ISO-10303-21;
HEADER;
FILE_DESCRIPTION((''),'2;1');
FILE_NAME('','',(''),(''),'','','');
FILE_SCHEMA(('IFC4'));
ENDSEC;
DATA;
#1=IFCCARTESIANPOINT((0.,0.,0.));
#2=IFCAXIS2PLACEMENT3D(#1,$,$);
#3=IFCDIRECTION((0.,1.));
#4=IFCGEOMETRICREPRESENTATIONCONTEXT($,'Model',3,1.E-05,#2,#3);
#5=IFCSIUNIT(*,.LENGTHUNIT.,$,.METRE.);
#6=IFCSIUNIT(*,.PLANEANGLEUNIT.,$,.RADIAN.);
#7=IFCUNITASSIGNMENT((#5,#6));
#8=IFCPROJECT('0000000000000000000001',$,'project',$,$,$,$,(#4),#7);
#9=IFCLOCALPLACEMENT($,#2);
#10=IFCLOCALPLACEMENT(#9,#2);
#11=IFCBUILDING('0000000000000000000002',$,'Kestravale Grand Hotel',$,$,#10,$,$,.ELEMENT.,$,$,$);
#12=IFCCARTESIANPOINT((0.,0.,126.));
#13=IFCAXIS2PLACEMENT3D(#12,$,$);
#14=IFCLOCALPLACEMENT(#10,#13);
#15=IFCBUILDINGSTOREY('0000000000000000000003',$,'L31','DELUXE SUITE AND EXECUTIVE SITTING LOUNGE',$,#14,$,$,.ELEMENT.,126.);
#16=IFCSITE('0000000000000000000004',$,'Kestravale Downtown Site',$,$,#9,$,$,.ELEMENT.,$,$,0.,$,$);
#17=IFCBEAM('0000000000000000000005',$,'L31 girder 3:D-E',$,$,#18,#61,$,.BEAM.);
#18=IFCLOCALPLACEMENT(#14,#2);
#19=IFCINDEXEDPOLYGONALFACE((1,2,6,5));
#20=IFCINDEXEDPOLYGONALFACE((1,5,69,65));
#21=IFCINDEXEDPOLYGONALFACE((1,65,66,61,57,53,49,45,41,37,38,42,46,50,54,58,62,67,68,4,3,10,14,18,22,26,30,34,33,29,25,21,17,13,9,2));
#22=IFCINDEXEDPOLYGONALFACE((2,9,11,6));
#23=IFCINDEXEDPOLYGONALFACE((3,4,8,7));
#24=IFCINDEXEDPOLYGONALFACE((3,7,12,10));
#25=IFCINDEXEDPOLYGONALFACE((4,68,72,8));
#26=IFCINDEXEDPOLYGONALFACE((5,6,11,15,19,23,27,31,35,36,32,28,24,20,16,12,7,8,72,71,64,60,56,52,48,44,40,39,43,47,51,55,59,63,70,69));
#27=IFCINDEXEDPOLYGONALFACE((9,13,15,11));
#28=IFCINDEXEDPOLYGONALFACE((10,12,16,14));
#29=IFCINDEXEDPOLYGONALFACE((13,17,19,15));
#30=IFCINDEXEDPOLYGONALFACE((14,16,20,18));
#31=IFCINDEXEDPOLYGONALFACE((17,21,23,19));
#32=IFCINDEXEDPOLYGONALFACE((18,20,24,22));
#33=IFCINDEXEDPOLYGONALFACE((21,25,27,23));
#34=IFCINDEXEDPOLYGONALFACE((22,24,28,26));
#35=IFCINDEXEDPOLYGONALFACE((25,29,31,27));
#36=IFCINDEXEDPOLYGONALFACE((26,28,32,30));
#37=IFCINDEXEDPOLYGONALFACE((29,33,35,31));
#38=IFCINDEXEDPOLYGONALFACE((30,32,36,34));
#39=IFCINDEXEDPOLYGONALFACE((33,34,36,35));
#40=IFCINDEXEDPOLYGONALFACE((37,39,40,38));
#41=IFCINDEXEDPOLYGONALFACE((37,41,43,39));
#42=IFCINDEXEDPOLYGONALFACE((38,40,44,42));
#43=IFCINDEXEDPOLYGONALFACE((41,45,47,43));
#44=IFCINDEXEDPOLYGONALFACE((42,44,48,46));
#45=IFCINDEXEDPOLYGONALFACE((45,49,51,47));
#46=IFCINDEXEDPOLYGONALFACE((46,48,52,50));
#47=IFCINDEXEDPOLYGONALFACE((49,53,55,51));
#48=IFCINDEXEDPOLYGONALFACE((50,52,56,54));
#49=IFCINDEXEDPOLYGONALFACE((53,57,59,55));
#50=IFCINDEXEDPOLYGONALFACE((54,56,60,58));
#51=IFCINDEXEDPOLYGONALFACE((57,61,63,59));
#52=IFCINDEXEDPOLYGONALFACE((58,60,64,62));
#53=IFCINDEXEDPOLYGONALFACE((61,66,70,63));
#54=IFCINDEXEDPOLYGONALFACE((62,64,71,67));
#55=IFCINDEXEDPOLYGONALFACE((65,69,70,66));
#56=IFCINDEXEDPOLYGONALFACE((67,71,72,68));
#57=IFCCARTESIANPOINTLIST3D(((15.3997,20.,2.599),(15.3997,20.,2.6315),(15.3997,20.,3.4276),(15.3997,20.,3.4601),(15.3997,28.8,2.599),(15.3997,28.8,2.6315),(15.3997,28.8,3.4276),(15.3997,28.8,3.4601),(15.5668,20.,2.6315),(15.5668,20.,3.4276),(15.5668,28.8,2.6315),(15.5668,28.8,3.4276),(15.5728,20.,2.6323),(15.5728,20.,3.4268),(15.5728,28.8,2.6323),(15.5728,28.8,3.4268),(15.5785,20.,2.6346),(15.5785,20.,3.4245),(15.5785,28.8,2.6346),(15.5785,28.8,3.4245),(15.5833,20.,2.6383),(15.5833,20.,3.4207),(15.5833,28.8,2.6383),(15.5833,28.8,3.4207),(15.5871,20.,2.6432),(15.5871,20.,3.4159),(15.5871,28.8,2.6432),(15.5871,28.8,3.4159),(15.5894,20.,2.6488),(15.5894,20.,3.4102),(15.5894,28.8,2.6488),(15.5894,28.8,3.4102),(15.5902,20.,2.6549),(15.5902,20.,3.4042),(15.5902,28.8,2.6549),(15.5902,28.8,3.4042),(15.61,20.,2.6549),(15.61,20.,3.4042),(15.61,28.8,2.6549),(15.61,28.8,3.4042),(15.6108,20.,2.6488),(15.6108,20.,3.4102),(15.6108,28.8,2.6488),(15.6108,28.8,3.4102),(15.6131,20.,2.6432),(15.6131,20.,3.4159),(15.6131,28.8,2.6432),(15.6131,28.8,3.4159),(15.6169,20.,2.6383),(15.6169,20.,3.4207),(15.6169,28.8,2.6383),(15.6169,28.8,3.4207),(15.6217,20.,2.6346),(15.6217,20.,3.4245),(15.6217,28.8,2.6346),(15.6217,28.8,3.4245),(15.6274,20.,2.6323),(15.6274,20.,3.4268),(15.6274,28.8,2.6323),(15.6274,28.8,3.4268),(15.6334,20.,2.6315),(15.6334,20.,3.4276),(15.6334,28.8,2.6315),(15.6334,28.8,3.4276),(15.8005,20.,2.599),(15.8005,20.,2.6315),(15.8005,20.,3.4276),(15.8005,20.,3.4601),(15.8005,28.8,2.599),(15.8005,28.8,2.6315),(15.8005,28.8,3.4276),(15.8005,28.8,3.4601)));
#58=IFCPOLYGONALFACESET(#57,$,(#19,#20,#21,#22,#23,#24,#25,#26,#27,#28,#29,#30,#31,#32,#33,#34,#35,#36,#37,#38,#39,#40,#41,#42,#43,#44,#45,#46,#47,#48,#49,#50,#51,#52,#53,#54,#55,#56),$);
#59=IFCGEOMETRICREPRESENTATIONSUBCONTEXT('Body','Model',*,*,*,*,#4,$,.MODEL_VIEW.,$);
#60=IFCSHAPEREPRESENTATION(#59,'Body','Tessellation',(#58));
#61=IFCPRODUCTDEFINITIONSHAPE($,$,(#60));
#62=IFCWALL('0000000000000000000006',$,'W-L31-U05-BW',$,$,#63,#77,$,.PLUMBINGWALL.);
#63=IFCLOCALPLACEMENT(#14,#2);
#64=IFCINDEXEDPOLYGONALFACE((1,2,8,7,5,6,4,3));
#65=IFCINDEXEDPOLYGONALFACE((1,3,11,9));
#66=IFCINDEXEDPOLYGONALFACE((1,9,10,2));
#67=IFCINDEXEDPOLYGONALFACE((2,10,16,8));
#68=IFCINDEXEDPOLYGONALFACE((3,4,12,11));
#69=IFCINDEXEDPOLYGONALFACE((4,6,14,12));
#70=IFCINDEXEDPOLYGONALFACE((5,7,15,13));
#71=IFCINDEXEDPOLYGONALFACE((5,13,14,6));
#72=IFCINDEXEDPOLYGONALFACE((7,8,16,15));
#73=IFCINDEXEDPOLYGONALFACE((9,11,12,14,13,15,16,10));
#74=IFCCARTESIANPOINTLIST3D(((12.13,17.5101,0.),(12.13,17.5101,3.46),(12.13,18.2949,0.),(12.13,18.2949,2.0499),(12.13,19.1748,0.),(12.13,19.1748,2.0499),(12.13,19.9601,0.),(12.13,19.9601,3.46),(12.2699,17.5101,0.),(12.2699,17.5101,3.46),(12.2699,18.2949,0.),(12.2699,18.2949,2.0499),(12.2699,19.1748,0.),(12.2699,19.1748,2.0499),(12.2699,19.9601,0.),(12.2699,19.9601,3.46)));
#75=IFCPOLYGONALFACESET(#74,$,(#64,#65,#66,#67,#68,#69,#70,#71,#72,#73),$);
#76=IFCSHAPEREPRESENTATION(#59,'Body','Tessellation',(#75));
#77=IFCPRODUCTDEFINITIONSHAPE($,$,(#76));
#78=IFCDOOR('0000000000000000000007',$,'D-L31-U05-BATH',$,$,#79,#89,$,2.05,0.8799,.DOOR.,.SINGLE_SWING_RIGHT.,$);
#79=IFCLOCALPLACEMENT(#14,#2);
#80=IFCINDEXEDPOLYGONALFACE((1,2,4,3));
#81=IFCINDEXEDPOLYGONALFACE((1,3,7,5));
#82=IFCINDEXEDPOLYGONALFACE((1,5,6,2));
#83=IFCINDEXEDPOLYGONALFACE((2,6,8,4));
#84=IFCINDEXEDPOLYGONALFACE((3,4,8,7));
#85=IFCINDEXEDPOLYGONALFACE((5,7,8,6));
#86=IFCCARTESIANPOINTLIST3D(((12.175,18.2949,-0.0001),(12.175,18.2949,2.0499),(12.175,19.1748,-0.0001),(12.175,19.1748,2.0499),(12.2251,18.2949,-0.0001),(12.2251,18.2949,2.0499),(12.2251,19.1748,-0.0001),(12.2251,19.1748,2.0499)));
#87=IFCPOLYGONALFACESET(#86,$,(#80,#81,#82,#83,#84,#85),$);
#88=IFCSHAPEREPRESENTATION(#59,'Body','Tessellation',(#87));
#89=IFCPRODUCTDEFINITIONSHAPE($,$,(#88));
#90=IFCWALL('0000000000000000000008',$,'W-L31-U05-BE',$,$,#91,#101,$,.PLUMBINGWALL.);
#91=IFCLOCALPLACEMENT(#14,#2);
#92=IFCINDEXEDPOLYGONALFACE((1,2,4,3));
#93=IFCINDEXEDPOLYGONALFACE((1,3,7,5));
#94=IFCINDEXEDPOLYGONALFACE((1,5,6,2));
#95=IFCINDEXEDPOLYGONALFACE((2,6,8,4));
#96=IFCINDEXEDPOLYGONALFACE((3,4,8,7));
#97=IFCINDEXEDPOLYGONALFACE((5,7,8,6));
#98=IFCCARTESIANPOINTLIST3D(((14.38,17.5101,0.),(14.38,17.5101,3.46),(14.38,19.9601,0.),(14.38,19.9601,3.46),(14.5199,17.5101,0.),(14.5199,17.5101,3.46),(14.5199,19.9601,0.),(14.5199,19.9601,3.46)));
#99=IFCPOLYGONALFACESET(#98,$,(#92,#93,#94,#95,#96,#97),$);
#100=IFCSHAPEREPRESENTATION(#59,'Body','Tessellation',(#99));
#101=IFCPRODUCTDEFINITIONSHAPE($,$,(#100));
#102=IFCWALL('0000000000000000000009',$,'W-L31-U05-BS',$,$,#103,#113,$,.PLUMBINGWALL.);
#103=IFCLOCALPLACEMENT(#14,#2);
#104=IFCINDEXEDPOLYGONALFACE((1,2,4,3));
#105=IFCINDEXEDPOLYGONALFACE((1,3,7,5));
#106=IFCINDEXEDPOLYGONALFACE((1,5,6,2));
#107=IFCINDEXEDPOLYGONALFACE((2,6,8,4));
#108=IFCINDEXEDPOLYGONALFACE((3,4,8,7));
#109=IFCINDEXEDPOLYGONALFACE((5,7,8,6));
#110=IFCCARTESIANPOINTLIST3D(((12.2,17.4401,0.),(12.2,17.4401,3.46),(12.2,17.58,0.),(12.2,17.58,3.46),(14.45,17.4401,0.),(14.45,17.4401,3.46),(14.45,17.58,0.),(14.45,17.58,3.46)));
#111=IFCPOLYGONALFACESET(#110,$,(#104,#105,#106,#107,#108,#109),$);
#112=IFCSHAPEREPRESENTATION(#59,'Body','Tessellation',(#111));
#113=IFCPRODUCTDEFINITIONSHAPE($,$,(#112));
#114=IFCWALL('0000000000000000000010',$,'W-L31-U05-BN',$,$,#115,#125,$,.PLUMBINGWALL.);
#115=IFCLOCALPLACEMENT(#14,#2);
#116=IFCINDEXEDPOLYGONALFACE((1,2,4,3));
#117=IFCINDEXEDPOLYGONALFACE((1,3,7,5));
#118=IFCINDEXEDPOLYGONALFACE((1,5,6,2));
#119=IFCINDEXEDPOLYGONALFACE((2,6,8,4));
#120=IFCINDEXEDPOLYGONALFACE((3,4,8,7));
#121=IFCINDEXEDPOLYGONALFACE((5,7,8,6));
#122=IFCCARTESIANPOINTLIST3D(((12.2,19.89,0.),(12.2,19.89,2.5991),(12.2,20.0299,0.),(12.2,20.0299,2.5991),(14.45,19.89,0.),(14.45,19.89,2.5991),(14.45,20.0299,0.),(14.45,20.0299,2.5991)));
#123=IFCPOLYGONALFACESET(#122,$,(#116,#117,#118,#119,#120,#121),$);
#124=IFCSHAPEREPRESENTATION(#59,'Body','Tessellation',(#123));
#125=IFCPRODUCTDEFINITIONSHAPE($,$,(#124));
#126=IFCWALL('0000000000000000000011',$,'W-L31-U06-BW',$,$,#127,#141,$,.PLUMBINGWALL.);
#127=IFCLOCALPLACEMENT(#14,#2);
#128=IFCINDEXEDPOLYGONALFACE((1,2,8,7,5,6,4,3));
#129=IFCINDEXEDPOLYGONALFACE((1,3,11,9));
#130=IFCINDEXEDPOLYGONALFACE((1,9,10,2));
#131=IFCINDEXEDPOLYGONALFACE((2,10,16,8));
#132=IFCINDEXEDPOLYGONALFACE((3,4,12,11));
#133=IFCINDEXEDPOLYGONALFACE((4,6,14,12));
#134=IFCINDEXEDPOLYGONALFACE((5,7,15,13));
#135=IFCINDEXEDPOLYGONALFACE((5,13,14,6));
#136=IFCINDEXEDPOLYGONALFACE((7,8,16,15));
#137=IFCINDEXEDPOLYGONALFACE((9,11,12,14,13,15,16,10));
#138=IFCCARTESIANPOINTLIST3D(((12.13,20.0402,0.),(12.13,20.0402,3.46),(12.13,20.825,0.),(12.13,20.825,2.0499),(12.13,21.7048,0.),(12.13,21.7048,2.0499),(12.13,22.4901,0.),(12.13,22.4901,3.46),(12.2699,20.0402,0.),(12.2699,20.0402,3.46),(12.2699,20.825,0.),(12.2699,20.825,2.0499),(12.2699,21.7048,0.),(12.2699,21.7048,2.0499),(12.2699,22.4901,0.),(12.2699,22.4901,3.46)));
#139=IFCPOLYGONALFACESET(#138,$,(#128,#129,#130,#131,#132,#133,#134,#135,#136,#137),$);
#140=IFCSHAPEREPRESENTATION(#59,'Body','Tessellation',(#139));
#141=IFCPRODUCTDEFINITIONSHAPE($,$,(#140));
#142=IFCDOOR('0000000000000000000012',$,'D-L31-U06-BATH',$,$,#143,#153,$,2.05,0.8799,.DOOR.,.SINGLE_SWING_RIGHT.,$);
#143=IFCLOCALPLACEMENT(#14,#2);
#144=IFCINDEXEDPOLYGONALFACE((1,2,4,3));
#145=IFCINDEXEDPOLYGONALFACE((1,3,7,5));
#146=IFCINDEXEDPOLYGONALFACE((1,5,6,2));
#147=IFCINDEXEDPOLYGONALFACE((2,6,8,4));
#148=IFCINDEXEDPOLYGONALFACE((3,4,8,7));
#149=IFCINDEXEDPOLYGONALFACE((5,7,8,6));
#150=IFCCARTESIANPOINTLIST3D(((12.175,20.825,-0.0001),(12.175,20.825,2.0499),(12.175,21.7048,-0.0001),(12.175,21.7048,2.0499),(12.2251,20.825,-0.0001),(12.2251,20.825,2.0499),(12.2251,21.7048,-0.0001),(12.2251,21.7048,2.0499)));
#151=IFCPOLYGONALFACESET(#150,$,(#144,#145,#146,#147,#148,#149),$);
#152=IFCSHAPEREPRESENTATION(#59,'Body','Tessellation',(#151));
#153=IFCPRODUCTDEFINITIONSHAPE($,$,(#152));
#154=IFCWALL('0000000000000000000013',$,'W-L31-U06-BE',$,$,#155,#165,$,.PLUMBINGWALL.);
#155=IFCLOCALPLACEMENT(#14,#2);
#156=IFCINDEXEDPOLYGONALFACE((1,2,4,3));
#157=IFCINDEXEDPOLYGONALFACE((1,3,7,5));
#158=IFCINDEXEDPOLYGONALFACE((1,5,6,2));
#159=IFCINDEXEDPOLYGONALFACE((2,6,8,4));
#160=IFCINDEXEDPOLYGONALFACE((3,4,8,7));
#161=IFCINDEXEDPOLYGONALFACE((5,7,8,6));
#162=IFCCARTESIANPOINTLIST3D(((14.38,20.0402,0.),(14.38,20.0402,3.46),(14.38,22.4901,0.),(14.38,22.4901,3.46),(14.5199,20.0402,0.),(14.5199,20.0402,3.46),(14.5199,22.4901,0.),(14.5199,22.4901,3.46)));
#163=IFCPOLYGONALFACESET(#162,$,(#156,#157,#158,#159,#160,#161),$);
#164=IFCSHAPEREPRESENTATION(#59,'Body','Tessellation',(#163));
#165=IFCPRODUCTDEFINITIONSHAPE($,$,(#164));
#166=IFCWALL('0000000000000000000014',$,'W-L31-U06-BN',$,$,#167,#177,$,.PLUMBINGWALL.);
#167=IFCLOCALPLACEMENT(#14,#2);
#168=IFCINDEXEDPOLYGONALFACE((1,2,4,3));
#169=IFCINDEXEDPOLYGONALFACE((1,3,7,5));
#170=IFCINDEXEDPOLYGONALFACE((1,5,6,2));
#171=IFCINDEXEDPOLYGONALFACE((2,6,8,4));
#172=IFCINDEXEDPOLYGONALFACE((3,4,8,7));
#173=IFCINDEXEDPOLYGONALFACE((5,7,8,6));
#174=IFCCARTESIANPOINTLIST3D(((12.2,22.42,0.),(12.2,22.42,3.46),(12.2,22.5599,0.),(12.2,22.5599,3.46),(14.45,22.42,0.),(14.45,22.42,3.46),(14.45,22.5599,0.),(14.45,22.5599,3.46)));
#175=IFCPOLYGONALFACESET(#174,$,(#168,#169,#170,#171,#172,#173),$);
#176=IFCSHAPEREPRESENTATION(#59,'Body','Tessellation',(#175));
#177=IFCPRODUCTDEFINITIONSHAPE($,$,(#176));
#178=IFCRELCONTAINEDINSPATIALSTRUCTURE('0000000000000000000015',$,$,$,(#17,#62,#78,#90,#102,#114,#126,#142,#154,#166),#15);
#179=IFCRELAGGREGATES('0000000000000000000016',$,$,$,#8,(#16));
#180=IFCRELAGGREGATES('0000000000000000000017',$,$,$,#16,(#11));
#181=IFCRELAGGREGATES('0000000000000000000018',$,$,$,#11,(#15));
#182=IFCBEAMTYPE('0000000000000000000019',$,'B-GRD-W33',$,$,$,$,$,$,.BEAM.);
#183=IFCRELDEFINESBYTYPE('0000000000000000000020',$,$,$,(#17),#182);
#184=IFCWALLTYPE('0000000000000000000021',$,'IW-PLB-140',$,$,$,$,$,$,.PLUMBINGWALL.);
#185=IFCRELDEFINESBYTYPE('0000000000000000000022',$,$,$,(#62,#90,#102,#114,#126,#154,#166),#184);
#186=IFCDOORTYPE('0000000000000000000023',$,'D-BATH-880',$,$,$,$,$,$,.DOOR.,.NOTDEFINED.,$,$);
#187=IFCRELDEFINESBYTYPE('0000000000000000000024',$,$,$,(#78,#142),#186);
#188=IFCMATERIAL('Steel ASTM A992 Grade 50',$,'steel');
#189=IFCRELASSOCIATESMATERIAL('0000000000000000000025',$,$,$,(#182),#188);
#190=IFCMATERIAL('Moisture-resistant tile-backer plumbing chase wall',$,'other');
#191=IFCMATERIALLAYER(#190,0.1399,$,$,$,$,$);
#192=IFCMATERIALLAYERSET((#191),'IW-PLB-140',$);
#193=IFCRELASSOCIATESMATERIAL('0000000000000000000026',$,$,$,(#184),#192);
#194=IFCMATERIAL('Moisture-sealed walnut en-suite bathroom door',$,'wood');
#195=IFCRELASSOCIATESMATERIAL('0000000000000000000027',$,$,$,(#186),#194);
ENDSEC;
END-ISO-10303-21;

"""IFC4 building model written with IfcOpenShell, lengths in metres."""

from ifc_helpers import new_model, si_unit, direction, frame, frame_2d, origin, origin_2d, place, context, subcontext, project, spatial, rectangle, i_section, extrude, material, layer, layer_set, material_profile, profile_set, type_object, element, fill, save


model = new_model("IFC4")

# Units and contexts
model_context = context("Model", 3, precision=1e-05, world=origin(), true_north=direction((0.0, 1.0)))
body_context = subcontext(model_context, "Body", "Model", "MODEL_VIEW")
ifc_project = project(units=[si_unit("LENGTHUNIT", "METRE"), si_unit("PLANEANGLEUNIT", "RADIAN")], contexts=[model_context])

# Site, building, storey
site_placement = place(None, origin())
site = spatial("IfcSite", under=ifc_project, at=site_placement, Name="Kestravale Downtown Site", CompositionType="ELEMENT", RefElevation=0.0)
building_placement = place(site_placement, origin())
building = spatial("IfcBuilding", under=site, at=building_placement, Name="Kestravale Grand Hotel", CompositionType="ELEMENT")
storey_placement = place(building_placement, frame((0.0, 0.0, 126.0)))
storey = spatial("IfcBuildingStorey", under=building, at=storey_placement, Name="L31", Description="DELUXE SUITE AND EXECUTIVE SITTING LOUNGE", CompositionType="ELEMENT", Elevation=126.0)

# Beam
ifc_material_1 = material(Name="Steel ASTM A992 Grade 50", Category="steel")
ifc_material_profile_1 = material_profile(ifc_material_1, i_section(OverallWidth=0.4009, OverallDepth=0.8611, WebThickness=0.0198, FlangeThickness=0.0325, FilletRadius=0.0234, at=origin_2d()))
ifc_profile_set_1 = profile_set([ifc_material_profile_1], Name="Steel ASTM A992 Grade 50")
beam_type_1 = type_object("IfcBeamType", Name="B-GRD-W33", PredefinedType="BEAM", material=ifc_profile_set_1)
for number, where, z_axis, x_axis, name in (
    (1, (15.6001, 20.0, 3.0295), (0.0, 1.0, 0.0), (-1.0, 0.0, 0.0), "L31 girder 3:D-E"),
):
    element("IfcBeam", number, at=place(storey_placement, frame(where, z_axis=z_axis, x_axis=x_axis)), inside=storey, type_object=beam_type_1, Name=name, PredefinedType="BEAM", context=body_context, shape_type="SweptSolid", body=[
        extrude(i_section(OverallWidth=0.4009, OverallDepth=0.8611, WebThickness=0.0198, FlangeThickness=0.0325, FilletRadius=0.0234, at=origin_2d()), origin(), (0.0, 0.0, 1.0), 8.8),
    ])

# Wall, opening, door
ifc_material_2 = material(Name="Moisture-resistant tile-backer plumbing chase wall", Category="other")
ifc_layer_1 = layer(ifc_material_2, 0.1399)
ifc_layer_set_1 = layer_set([ifc_layer_1], Name="IW-PLB-140")
wall_type_1 = type_object("IfcWallType", Name="IW-PLB-140", PredefinedType="PLUMBINGWALL", material=ifc_layer_set_1)
wall_1_placement = place(storey_placement, frame((12.2, 17.51, 0.0), z_axis=(0.0, 0.0, 1.0), x_axis=(0.0, 1.0, 0.0)))
wall_1 = element("IfcWall", 2, at=wall_1_placement, inside=storey, type_object=wall_type_1, Name="W-L31-U05-BW", PredefinedType="PLUMBINGWALL", context=body_context, shape_type="SweptSolid", body=[
    extrude(rectangle(XDim=2.45, YDim=0.1399, at=frame_2d((1.2251, 0.0))), origin(), (0.0, 0.0, 1.0), 3.46),
])
opening_1_placement = place(wall_1_placement, frame((0.7849, 0.0, 0.0)))
opening_1 = element("IfcOpeningElement", 3, at=opening_1_placement, cuts=wall_1, PredefinedType="OPENING", context=body_context, shape_type="SweptSolid", body=[
    extrude(rectangle(XDim=0.8799, YDim=2.05, at=frame_2d((0.4399, 1.0249))), frame((0.0, 0.0798, 0.0), z_axis=(0.0, -1.0, 0.0), x_axis=(1.0, 0.0, 0.0)), (0.0, 0.0, 1.0), 0.1599),
])
ifc_material_3 = material(Name="Moisture-sealed walnut en-suite bathroom door", Category="wood")
door_type = type_object("IfcDoorType", Name="D-BATH-880", OperationType="NOTDEFINED", PredefinedType="DOOR", material=ifc_material_3)
door_1_placement = place(opening_1_placement, origin())
door_1 = element("IfcDoor", 4, at=door_1_placement, inside=storey, type_object=door_type, Name="D-L31-U05-BATH", OperationType="SINGLE_SWING_RIGHT", OverallHeight=2.05, OverallWidth=0.8799, PredefinedType="DOOR", context=body_context, shape_type="SweptSolid", body=[
    extrude(rectangle(XDim=0.8799, YDim=2.05, at=frame_2d((0.4399, 1.0249))), frame((0.0, 0.0249, 0.0), z_axis=(0.0, -1.0, 0.0), x_axis=(1.0, 0.0, 0.0)), (0.0, 0.0, 1.0), 0.05),
])
fill(opening_1, door_1)

# Walls
wall_2_placement = place(storey_placement, frame((14.45, 17.51, 0.0), z_axis=(0.0, 0.0, 1.0), x_axis=(0.0, 1.0, 0.0)))
element("IfcWall", 5, at=wall_2_placement, inside=storey, type_object=wall_type_1, Name="W-L31-U05-BE", PredefinedType="PLUMBINGWALL", context=body_context, shape_type="SweptSolid", body=[
    extrude(rectangle(XDim=2.45, YDim=0.1399, at=frame_2d((1.2251, 0.0))), origin(), (0.0, 0.0, 1.0), 3.46),
])
wall_3_placement = place(storey_placement, frame((12.2, 17.51, 0.0), z_axis=(0.0, 0.0, 1.0), x_axis=(1.0, 0.0, 0.0)))
element("IfcWall", 6, at=wall_3_placement, inside=storey, type_object=wall_type_1, Name="W-L31-U05-BS", PredefinedType="PLUMBINGWALL", context=body_context, shape_type="SweptSolid", body=[
    extrude(rectangle(XDim=2.25, YDim=0.1399, at=frame_2d((1.125, 0.0))), origin(), (0.0, 0.0, 1.0), 3.46),
])
wall_4_placement = place(storey_placement, frame((12.2, 19.96, 0.0), z_axis=(0.0, 0.0, 1.0), x_axis=(1.0, 0.0, 0.0)))
element("IfcWall", 7, at=wall_4_placement, inside=storey, type_object=wall_type_1, Name="W-L31-U05-BN", PredefinedType="PLUMBINGWALL", context=body_context, shape_type="SweptSolid", body=[
    extrude(rectangle(XDim=2.25, YDim=0.1399, at=frame_2d((1.125, 0.0))), origin(), (0.0, 0.0, 1.0), 2.5991),
])

# Wall, opening, door
wall_5_placement = place(storey_placement, frame((12.2, 20.04, 0.0), z_axis=(0.0, 0.0, 1.0), x_axis=(0.0, 1.0, 0.0)))
wall_5 = element("IfcWall", 8, at=wall_5_placement, inside=storey, type_object=wall_type_1, Name="W-L31-U06-BW", PredefinedType="PLUMBINGWALL", context=body_context, shape_type="SweptSolid", body=[
    extrude(rectangle(XDim=2.45, YDim=0.1399, at=frame_2d((1.2251, 0.0))), origin(), (0.0, 0.0, 1.0), 3.46),
])
opening_2_placement = place(wall_5_placement, frame((0.7849, 0.0, 0.0)))
opening_2 = element("IfcOpeningElement", 9, at=opening_2_placement, cuts=wall_5, PredefinedType="OPENING", context=body_context, shape_type="SweptSolid", body=[
    extrude(rectangle(XDim=0.8799, YDim=2.05, at=frame_2d((0.4399, 1.0249))), frame((0.0, 0.0798, 0.0), z_axis=(0.0, -1.0, 0.0), x_axis=(1.0, 0.0, 0.0)), (0.0, 0.0, 1.0), 0.1599),
])
door_2_placement = place(opening_2_placement, origin())
door_2 = element("IfcDoor", 10, at=door_2_placement, inside=storey, type_object=door_type, Name="D-L31-U06-BATH", OperationType="SINGLE_SWING_RIGHT", OverallHeight=2.05, OverallWidth=0.8799, PredefinedType="DOOR", context=body_context, shape_type="SweptSolid", body=[
    extrude(rectangle(XDim=0.8799, YDim=2.05, at=frame_2d((0.4399, 1.0249))), frame((0.0, 0.0249, 0.0), z_axis=(0.0, -1.0, 0.0), x_axis=(1.0, 0.0, 0.0)), (0.0, 0.0, 1.0), 0.05),
])
fill(opening_2, door_2)

# Walls
wall_6_placement = place(storey_placement, frame((14.45, 20.04, 0.0), z_axis=(0.0, 0.0, 1.0), x_axis=(0.0, 1.0, 0.0)))
element("IfcWall", 11, at=wall_6_placement, inside=storey, type_object=wall_type_1, Name="W-L31-U06-BE", PredefinedType="PLUMBINGWALL", context=body_context, shape_type="SweptSolid", body=[
    extrude(rectangle(XDim=2.45, YDim=0.1399, at=frame_2d((1.2251, 0.0))), origin(), (0.0, 0.0, 1.0), 3.46),
])
wall_7_placement = place(storey_placement, frame((12.2, 22.49, 0.0), z_axis=(0.0, 0.0, 1.0), x_axis=(1.0, 0.0, 0.0)))
element("IfcWall", 12, at=wall_7_placement, inside=storey, type_object=wall_type_1, Name="W-L31-U06-BN", PredefinedType="PLUMBINGWALL", context=body_context, shape_type="SweptSolid", body=[
    extrude(rectangle(XDim=2.25, YDim=0.1399, at=frame_2d((1.125, 0.0))), origin(), (0.0, 0.0, 1.0), 3.46),
])

save(model, "model.ifc")
